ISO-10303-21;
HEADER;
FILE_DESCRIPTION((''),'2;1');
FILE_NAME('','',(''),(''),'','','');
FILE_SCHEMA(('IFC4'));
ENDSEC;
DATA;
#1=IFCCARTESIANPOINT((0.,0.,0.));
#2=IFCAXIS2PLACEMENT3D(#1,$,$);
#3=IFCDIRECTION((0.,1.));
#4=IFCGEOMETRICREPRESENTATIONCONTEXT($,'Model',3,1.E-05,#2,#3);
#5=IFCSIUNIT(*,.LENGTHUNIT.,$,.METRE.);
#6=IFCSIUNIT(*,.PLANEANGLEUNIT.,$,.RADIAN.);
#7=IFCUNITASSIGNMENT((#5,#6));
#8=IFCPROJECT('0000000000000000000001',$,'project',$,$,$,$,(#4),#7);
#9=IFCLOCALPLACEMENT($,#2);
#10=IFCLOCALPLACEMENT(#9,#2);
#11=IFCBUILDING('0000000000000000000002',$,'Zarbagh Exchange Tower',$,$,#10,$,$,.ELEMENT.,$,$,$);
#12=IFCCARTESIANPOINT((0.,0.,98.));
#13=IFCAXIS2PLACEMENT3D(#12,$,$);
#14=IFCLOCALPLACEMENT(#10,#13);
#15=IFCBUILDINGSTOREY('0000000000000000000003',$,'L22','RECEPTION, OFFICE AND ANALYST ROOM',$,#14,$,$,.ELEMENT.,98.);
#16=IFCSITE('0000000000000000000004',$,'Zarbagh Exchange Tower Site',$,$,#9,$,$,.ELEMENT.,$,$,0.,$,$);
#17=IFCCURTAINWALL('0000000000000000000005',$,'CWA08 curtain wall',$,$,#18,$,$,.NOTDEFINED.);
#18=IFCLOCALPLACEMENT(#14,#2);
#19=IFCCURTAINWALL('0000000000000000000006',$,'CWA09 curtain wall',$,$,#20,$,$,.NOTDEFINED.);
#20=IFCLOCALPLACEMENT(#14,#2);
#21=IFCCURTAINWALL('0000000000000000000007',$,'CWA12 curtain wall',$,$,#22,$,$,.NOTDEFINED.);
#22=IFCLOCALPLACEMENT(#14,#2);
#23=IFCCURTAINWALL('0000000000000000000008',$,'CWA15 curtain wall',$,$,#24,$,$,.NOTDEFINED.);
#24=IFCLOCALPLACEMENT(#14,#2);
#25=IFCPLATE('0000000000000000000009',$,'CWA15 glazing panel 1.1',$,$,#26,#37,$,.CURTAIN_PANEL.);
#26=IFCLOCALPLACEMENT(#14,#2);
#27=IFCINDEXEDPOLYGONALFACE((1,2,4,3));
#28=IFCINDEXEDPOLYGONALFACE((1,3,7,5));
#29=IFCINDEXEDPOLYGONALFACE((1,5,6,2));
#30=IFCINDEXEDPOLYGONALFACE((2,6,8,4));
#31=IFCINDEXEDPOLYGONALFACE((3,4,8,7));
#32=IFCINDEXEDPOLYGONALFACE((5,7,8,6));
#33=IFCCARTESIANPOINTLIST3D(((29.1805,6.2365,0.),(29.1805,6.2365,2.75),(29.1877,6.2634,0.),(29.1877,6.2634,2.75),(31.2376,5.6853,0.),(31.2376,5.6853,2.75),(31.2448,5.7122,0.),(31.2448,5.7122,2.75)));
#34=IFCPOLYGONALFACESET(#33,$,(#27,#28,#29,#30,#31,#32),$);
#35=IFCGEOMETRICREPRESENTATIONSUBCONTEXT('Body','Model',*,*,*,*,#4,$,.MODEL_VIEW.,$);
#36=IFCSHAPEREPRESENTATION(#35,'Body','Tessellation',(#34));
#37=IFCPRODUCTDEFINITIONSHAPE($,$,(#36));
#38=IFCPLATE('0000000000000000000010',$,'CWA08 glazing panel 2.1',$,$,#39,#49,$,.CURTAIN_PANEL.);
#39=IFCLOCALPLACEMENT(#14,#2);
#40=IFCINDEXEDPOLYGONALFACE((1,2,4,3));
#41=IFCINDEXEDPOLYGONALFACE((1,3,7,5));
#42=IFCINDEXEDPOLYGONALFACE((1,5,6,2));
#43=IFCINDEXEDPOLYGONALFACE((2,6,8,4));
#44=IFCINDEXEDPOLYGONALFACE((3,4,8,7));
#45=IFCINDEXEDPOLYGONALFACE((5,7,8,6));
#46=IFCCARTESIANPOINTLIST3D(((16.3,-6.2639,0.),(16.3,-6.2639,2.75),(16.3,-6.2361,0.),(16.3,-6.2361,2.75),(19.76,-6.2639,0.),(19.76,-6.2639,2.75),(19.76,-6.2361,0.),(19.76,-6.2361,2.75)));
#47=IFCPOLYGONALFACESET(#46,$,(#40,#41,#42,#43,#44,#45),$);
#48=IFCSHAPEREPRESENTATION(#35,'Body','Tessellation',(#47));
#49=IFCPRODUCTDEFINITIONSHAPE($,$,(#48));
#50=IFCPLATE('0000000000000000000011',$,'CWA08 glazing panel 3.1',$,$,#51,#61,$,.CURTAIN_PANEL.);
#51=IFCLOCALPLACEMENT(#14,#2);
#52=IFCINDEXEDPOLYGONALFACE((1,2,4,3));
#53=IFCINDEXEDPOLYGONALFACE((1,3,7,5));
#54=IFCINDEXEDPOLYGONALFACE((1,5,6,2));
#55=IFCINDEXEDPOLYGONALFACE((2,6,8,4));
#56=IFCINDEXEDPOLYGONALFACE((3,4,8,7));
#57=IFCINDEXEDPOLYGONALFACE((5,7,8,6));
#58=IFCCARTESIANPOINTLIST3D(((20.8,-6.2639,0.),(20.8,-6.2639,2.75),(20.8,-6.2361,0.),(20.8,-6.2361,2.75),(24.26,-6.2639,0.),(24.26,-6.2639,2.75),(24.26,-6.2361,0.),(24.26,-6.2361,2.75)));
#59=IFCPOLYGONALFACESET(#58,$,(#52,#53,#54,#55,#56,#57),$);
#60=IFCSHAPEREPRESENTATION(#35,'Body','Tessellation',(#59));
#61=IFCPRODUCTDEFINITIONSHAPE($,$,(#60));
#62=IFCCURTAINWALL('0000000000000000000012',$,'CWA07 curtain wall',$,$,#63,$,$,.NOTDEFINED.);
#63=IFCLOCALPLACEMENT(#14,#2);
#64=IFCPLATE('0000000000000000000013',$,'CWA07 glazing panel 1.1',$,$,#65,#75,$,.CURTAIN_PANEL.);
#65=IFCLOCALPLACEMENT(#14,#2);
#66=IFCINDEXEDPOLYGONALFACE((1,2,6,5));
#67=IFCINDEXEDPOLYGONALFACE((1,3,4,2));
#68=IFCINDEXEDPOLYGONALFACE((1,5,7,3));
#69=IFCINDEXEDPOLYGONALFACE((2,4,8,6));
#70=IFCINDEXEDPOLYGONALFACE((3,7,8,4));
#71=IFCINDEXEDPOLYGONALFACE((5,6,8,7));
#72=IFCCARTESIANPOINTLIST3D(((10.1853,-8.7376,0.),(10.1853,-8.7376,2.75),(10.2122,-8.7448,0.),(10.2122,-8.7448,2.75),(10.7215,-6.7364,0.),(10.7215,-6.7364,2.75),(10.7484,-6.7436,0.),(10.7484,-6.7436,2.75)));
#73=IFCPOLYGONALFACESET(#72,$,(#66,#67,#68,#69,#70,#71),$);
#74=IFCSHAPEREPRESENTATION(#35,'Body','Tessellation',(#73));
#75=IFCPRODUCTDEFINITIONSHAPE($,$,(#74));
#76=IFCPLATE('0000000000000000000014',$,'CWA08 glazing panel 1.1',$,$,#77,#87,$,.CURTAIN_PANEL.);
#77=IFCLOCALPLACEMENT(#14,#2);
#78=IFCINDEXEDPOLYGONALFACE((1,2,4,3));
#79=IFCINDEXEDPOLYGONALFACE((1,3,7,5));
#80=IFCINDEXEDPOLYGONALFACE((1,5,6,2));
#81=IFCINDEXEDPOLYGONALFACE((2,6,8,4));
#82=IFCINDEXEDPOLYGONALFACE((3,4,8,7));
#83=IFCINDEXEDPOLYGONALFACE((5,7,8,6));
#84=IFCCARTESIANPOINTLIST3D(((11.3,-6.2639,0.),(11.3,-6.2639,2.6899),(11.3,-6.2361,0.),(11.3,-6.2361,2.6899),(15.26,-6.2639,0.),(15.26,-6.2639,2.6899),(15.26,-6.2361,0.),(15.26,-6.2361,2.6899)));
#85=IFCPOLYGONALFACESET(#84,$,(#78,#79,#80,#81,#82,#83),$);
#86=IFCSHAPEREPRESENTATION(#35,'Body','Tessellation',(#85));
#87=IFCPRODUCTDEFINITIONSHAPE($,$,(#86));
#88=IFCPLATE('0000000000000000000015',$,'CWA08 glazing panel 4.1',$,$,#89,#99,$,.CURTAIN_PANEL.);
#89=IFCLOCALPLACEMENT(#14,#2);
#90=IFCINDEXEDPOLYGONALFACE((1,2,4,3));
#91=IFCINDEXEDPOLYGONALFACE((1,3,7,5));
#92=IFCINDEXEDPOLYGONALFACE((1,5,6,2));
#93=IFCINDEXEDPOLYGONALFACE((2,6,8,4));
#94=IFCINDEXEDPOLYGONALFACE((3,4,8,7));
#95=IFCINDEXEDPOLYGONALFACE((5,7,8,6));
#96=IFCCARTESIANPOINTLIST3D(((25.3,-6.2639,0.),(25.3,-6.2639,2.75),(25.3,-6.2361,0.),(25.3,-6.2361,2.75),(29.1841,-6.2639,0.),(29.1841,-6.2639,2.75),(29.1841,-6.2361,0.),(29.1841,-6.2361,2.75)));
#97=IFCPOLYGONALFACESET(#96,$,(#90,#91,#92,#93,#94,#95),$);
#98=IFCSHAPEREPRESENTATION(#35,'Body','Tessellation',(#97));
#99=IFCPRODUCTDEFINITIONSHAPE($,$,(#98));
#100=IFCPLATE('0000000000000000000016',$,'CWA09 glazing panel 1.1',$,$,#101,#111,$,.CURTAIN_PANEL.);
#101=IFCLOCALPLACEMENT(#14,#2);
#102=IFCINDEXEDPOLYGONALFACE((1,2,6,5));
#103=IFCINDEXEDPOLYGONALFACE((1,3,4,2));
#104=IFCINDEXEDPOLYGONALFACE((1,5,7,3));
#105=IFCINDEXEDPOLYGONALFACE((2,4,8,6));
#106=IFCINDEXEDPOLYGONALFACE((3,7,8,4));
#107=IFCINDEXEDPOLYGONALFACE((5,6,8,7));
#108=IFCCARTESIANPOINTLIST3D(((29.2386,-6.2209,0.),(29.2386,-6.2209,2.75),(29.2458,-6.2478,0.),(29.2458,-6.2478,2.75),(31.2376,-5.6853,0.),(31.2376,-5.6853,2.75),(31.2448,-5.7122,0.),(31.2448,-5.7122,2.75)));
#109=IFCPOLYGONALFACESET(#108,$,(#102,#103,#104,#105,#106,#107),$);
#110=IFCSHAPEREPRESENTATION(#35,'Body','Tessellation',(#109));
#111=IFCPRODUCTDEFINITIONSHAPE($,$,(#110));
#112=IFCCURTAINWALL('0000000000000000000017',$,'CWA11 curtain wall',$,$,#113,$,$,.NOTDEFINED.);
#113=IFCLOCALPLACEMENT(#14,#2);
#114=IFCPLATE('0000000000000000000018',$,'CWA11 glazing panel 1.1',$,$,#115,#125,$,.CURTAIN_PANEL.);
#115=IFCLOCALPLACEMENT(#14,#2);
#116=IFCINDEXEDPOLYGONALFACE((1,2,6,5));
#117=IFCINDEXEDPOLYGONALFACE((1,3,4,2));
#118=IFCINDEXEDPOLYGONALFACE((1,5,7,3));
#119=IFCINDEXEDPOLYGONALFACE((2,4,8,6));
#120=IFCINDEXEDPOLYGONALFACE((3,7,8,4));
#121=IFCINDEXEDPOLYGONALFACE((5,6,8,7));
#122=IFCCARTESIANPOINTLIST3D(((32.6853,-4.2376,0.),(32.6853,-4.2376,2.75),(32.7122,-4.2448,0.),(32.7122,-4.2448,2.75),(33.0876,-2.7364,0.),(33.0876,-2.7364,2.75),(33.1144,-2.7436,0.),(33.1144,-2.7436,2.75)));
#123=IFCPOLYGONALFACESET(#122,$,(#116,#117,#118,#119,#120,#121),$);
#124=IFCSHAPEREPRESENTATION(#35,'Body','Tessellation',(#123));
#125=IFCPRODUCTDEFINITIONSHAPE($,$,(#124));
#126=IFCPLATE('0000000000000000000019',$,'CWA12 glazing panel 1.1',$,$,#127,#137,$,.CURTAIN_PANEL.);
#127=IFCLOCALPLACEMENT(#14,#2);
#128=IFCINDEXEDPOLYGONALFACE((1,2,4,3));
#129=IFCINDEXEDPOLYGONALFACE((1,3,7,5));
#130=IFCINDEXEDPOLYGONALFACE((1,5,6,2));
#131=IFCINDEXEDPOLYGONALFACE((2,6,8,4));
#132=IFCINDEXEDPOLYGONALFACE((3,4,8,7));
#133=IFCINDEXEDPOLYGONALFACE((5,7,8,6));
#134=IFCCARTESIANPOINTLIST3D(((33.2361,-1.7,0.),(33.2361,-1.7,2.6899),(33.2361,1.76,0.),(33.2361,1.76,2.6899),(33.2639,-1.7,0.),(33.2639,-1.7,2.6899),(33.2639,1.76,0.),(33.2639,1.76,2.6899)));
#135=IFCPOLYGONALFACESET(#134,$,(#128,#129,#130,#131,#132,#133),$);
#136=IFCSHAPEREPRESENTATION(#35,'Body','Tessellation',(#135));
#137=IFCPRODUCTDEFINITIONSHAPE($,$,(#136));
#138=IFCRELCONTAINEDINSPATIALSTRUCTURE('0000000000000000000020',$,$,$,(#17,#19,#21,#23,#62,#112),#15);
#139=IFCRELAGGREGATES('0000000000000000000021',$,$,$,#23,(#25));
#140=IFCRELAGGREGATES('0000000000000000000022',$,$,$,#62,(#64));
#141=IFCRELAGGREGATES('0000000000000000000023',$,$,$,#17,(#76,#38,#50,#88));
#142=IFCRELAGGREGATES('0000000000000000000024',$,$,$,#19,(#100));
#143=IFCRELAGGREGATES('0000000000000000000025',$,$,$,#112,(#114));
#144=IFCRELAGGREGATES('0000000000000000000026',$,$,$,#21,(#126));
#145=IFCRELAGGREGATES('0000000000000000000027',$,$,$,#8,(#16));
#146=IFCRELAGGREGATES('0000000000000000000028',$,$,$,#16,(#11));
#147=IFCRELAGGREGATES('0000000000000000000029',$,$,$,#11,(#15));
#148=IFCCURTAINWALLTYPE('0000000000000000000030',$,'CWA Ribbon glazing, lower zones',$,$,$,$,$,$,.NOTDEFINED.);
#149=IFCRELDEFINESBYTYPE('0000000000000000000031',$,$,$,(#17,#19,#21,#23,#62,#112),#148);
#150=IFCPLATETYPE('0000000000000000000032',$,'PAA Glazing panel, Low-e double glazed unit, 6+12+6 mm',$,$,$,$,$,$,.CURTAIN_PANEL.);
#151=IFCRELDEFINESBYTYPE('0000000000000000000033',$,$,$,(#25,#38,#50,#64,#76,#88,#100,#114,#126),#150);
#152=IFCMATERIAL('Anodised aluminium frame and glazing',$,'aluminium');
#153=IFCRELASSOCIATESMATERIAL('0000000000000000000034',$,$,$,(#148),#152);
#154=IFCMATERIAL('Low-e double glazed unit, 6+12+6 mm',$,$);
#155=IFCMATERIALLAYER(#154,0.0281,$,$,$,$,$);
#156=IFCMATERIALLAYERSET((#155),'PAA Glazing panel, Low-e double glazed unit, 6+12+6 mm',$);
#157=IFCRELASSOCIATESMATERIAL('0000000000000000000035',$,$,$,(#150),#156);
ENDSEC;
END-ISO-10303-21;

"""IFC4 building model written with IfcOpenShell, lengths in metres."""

from ifc_helpers import new_model, si_unit, direction, frame, origin, place, context, subcontext, project, spatial, polyline, outline, extrude, source, transform, mapped, material, layer, layer_set, type_object, element, aggregate, save


model = new_model("IFC4")

# Units and contexts
model_context = context("Model", 3, precision=1e-05, world=origin(), true_north=direction((0.0, 1.0)))
body_context = subcontext(model_context, "Body", "Model", "MODEL_VIEW")
ifc_project = project(units=[si_unit("LENGTHUNIT", "METRE"), si_unit("PLANEANGLEUNIT", "RADIAN")], contexts=[model_context])

# Site, building, storey
site_placement = place(None, origin())
site = spatial("IfcSite", under=ifc_project, at=site_placement, Name="Zarbagh Exchange Tower Site", CompositionType="ELEMENT", RefElevation=0.0)
building_placement = place(site_placement, origin())
building = spatial("IfcBuilding", under=site, at=building_placement, Name="Zarbagh Exchange Tower", CompositionType="ELEMENT")
storey_placement = place(building_placement, frame((0.0, 0.0, 98.0)))
storey = spatial("IfcBuildingStorey", under=building, at=storey_placement, Name="L22", Description="RECEPTION, OFFICE AND ANALYST ROOM", CompositionType="ELEMENT", Elevation=98.0)

# Curtain wall
ifc_material_1 = material(Name="Anodised aluminium frame and glazing", Category="aluminium")
curtain_wall_type = type_object("IfcCurtainWallType", Name="CWA Ribbon glazing, lower zones", PredefinedType="NOTDEFINED", material=ifc_material_1)
curtain_wall_1_placement = place(storey_placement, origin())
curtain_wall_1 = element("IfcCurtainWall", 1, at=curtain_wall_1_placement, inside=storey, type_object=curtain_wall_type, Name="CWA08 curtain wall", PredefinedType="NOTDEFINED")
placement = place(storey_placement, origin())

# Curtain walls
curtain_wall_2_placement = place(storey_placement, origin())
curtain_wall_2 = element("IfcCurtainWall", 2, at=curtain_wall_2_placement, inside=storey, type_object=curtain_wall_type, Name="CWA09 curtain wall", PredefinedType="NOTDEFINED")
curtain_wall_3_placement = place(storey_placement, origin())
curtain_wall_3 = element("IfcCurtainWall", 3, at=curtain_wall_3_placement, inside=storey, type_object=curtain_wall_type, Name="CWA12 curtain wall", PredefinedType="NOTDEFINED")

# Shared definitions
ifc_material_2 = material(Name="Low-e double glazed unit, 6+12+6 mm")
ifc_layer = layer(ifc_material_2, 0.0281)
ifc_layer_set = layer_set([ifc_layer], Name="PAA Glazing panel, Low-e double glazed unit, 6+12+6 mm")
plate_type = type_object("IfcPlateType", Name="PAA Glazing panel, Low-e double glazed unit, 6+12+6 mm", PredefinedType="CURTAIN_PANEL", material=ifc_layer_set)

# Curtain wall, plate
curtain_wall_4_placement = place(storey_placement, origin())
curtain_wall_4 = element("IfcCurtainWall", 4, at=curtain_wall_4_placement, inside=storey, type_object=curtain_wall_type, Name="CWA15 curtain wall", PredefinedType="NOTDEFINED")
shared_shape_1 = source(origin(), body_context, "Body", "SweptSolid", [
    extrude(outline(polyline([(0.0, -0.0139), (2.1296, -0.0139), (2.1296, 0.0139), (0.0, 0.0139), (0.0, -0.0139)])), origin(), (0.0, 0.0, 1.0), 2.75),
])
plate_1 = element("IfcPlate", 5, at=placement, type_object=plate_type, Name="CWA15 glazing panel 1.1", PredefinedType="CURTAIN_PANEL", context=body_context, shape_type="MappedRepresentation", body=[
    mapped(shared_shape_1, transform((31.2412, 5.6987, 0.0), x_axis=(-0.965924, 0.258825, 0.0), y_axis=(-0.258825, -0.965924, 0.0), z_axis=(0.0, 0.0, 1.0))),
])
aggregate(curtain_wall_4, [plate_1])

# Plates
shared_shape_2 = source(origin(), body_context, "Body", "SweptSolid", [
    extrude(outline(polyline([(0.0, -0.0139), (3.46, -0.0139), (3.46, 0.0139), (0.0, 0.0139), (0.0, -0.0139)])), origin(), (0.0, 0.0, 1.0), 2.75),
])
plate_2 = element("IfcPlate", 6, at=placement, type_object=plate_type, Name="CWA08 glazing panel 2.1", PredefinedType="CURTAIN_PANEL", context=body_context, shape_type="MappedRepresentation", body=[
    mapped(shared_shape_2, transform((16.3, -6.25, 0.0), x_axis=(1.0, 0.0, 0.0), y_axis=(0.0, 1.0, 0.0), z_axis=(0.0, 0.0, 1.0))),
])
plate_3 = element("IfcPlate", 7, at=placement, type_object=plate_type, Name="CWA08 glazing panel 3.1", PredefinedType="CURTAIN_PANEL", context=body_context, shape_type="MappedRepresentation", body=[
    mapped(shared_shape_2, transform((20.8, -6.25, 0.0), x_axis=(1.0, 0.0, 0.0), y_axis=(0.0, 1.0, 0.0), z_axis=(0.0, 0.0, 1.0))),
])

# Curtain wall, plate
curtain_wall_5_placement = place(storey_placement, origin())
curtain_wall_5 = element("IfcCurtainWall", 8, at=curtain_wall_5_placement, inside=storey, type_object=curtain_wall_type, Name="CWA07 curtain wall", PredefinedType="NOTDEFINED")
shared_shape_3 = source(origin(), body_context, "Body", "SweptSolid", [
    extrude(outline(polyline([(0.0, -0.0139), (2.0718, -0.0139), (2.0718, 0.0139), (0.0, 0.0139), (0.0, -0.0139)])), origin(), (0.0, 0.0, 1.0), 2.75),
])
plate_4 = element("IfcPlate", 9, at=placement, type_object=plate_type, Name="CWA07 glazing panel 1.1", PredefinedType="CURTAIN_PANEL", context=body_context, shape_type="MappedRepresentation", body=[
    mapped(shared_shape_3, transform((10.1987, -8.7412, 0.0), x_axis=(0.258825, 0.965924, 0.0), y_axis=(-0.965924, 0.258825, 0.0), z_axis=(0.0, 0.0, 1.0))),
])
aggregate(curtain_wall_5, [plate_4])

# Plates
shared_shape_4 = source(origin(), body_context, "Body", "SweptSolid", [
    extrude(outline(polyline([(0.0, -0.0139), (3.96, -0.0139), (3.96, 0.0139), (0.0, 0.0139), (0.0, -0.0139)])), origin(), (0.0, 0.0, 1.0), 2.6899),
])
plate_5 = element("IfcPlate", 10, at=placement, type_object=plate_type, Name="CWA08 glazing panel 1.1", PredefinedType="CURTAIN_PANEL", context=body_context, shape_type="MappedRepresentation", body=[
    mapped(shared_shape_4, transform((11.3, -6.25, 0.0), x_axis=(1.0, 0.0, 0.0), y_axis=(0.0, 1.0, 0.0), z_axis=(0.0, 0.0, 1.0))),
])
shared_shape_5 = source(origin(), body_context, "Body", "SweptSolid", [
    extrude(outline(polyline([(0.0, -0.0139), (3.884, -0.0139), (3.884, 0.0139), (0.0, 0.0139), (0.0, -0.0139)])), origin(), (0.0, 0.0, 1.0), 2.75),
])
plate_6 = element("IfcPlate", 11, at=placement, type_object=plate_type, Name="CWA08 glazing panel 4.1", PredefinedType="CURTAIN_PANEL", context=body_context, shape_type="MappedRepresentation", body=[
    mapped(shared_shape_5, transform((25.3, -6.25, 0.0), x_axis=(1.0, 0.0, 0.0), y_axis=(0.0, 1.0, 0.0), z_axis=(0.0, 0.0, 1.0))),
])
aggregate(curtain_wall_1, [plate_5, plate_2, plate_3, plate_6])
shared_shape_6 = source(origin(), body_context, "Body", "SweptSolid", [
    extrude(outline(polyline([(0.0, -0.0139), (2.0696, -0.0139), (2.0696, 0.0139), (0.0, 0.0139), (0.0, -0.0139)])), origin(), (0.0, 0.0, 1.0), 2.75),
])
plate_7 = element("IfcPlate", 12, at=placement, type_object=plate_type, Name="CWA09 glazing panel 1.1", PredefinedType="CURTAIN_PANEL", context=body_context, shape_type="MappedRepresentation", body=[
    mapped(shared_shape_6, transform((29.2422, -6.2344, 0.0), x_axis=(0.965924, 0.258825, 0.0), y_axis=(-0.258825, 0.965924, 0.0), z_axis=(0.0, 0.0, 1.0))),
])
aggregate(curtain_wall_2, [plate_7])

# Curtain wall, plate
curtain_wall_6_placement = place(storey_placement, origin())
curtain_wall_6 = element("IfcCurtainWall", 13, at=curtain_wall_6_placement, inside=storey, type_object=curtain_wall_type, Name="CWA11 curtain wall", PredefinedType="NOTDEFINED")
shared_shape_7 = source(origin(), body_context, "Body", "SweptSolid", [
    extrude(outline(polyline([(0.0, -0.0139), (1.5542, -0.0139), (1.5542, 0.0139), (0.0, 0.0139), (0.0, -0.0139)])), origin(), (0.0, 0.0, 1.0), 2.75),
])
plate_8 = element("IfcPlate", 14, at=placement, type_object=plate_type, Name="CWA11 glazing panel 1.1", PredefinedType="CURTAIN_PANEL", context=body_context, shape_type="MappedRepresentation", body=[
    mapped(shared_shape_7, transform((32.6987, -4.2412, 0.0), x_axis=(0.258825, 0.965924, 0.0), y_axis=(-0.965924, 0.258825, 0.0), z_axis=(0.0, 0.0, 1.0))),
])
aggregate(curtain_wall_6, [plate_8])

# Plate
shared_shape_8 = source(origin(), body_context, "Body", "SweptSolid", [
    extrude(outline(polyline([(0.0, -0.0139), (3.46, -0.0139), (3.46, 0.0139), (0.0, 0.0139), (0.0, -0.0139)])), origin(), (0.0, 0.0, 1.0), 2.6899),
])
plate_9 = element("IfcPlate", 15, at=placement, type_object=plate_type, Name="CWA12 glazing panel 1.1", PredefinedType="CURTAIN_PANEL", context=body_context, shape_type="MappedRepresentation", body=[
    mapped(shared_shape_8, transform((33.25, -1.7, 0.0), x_axis=(0.0, 1.0, 0.0), y_axis=(-1.0, 0.0, 0.0), z_axis=(0.0, 0.0, 1.0))),
])
aggregate(curtain_wall_3, [plate_9])

save(model, "model.ifc")
